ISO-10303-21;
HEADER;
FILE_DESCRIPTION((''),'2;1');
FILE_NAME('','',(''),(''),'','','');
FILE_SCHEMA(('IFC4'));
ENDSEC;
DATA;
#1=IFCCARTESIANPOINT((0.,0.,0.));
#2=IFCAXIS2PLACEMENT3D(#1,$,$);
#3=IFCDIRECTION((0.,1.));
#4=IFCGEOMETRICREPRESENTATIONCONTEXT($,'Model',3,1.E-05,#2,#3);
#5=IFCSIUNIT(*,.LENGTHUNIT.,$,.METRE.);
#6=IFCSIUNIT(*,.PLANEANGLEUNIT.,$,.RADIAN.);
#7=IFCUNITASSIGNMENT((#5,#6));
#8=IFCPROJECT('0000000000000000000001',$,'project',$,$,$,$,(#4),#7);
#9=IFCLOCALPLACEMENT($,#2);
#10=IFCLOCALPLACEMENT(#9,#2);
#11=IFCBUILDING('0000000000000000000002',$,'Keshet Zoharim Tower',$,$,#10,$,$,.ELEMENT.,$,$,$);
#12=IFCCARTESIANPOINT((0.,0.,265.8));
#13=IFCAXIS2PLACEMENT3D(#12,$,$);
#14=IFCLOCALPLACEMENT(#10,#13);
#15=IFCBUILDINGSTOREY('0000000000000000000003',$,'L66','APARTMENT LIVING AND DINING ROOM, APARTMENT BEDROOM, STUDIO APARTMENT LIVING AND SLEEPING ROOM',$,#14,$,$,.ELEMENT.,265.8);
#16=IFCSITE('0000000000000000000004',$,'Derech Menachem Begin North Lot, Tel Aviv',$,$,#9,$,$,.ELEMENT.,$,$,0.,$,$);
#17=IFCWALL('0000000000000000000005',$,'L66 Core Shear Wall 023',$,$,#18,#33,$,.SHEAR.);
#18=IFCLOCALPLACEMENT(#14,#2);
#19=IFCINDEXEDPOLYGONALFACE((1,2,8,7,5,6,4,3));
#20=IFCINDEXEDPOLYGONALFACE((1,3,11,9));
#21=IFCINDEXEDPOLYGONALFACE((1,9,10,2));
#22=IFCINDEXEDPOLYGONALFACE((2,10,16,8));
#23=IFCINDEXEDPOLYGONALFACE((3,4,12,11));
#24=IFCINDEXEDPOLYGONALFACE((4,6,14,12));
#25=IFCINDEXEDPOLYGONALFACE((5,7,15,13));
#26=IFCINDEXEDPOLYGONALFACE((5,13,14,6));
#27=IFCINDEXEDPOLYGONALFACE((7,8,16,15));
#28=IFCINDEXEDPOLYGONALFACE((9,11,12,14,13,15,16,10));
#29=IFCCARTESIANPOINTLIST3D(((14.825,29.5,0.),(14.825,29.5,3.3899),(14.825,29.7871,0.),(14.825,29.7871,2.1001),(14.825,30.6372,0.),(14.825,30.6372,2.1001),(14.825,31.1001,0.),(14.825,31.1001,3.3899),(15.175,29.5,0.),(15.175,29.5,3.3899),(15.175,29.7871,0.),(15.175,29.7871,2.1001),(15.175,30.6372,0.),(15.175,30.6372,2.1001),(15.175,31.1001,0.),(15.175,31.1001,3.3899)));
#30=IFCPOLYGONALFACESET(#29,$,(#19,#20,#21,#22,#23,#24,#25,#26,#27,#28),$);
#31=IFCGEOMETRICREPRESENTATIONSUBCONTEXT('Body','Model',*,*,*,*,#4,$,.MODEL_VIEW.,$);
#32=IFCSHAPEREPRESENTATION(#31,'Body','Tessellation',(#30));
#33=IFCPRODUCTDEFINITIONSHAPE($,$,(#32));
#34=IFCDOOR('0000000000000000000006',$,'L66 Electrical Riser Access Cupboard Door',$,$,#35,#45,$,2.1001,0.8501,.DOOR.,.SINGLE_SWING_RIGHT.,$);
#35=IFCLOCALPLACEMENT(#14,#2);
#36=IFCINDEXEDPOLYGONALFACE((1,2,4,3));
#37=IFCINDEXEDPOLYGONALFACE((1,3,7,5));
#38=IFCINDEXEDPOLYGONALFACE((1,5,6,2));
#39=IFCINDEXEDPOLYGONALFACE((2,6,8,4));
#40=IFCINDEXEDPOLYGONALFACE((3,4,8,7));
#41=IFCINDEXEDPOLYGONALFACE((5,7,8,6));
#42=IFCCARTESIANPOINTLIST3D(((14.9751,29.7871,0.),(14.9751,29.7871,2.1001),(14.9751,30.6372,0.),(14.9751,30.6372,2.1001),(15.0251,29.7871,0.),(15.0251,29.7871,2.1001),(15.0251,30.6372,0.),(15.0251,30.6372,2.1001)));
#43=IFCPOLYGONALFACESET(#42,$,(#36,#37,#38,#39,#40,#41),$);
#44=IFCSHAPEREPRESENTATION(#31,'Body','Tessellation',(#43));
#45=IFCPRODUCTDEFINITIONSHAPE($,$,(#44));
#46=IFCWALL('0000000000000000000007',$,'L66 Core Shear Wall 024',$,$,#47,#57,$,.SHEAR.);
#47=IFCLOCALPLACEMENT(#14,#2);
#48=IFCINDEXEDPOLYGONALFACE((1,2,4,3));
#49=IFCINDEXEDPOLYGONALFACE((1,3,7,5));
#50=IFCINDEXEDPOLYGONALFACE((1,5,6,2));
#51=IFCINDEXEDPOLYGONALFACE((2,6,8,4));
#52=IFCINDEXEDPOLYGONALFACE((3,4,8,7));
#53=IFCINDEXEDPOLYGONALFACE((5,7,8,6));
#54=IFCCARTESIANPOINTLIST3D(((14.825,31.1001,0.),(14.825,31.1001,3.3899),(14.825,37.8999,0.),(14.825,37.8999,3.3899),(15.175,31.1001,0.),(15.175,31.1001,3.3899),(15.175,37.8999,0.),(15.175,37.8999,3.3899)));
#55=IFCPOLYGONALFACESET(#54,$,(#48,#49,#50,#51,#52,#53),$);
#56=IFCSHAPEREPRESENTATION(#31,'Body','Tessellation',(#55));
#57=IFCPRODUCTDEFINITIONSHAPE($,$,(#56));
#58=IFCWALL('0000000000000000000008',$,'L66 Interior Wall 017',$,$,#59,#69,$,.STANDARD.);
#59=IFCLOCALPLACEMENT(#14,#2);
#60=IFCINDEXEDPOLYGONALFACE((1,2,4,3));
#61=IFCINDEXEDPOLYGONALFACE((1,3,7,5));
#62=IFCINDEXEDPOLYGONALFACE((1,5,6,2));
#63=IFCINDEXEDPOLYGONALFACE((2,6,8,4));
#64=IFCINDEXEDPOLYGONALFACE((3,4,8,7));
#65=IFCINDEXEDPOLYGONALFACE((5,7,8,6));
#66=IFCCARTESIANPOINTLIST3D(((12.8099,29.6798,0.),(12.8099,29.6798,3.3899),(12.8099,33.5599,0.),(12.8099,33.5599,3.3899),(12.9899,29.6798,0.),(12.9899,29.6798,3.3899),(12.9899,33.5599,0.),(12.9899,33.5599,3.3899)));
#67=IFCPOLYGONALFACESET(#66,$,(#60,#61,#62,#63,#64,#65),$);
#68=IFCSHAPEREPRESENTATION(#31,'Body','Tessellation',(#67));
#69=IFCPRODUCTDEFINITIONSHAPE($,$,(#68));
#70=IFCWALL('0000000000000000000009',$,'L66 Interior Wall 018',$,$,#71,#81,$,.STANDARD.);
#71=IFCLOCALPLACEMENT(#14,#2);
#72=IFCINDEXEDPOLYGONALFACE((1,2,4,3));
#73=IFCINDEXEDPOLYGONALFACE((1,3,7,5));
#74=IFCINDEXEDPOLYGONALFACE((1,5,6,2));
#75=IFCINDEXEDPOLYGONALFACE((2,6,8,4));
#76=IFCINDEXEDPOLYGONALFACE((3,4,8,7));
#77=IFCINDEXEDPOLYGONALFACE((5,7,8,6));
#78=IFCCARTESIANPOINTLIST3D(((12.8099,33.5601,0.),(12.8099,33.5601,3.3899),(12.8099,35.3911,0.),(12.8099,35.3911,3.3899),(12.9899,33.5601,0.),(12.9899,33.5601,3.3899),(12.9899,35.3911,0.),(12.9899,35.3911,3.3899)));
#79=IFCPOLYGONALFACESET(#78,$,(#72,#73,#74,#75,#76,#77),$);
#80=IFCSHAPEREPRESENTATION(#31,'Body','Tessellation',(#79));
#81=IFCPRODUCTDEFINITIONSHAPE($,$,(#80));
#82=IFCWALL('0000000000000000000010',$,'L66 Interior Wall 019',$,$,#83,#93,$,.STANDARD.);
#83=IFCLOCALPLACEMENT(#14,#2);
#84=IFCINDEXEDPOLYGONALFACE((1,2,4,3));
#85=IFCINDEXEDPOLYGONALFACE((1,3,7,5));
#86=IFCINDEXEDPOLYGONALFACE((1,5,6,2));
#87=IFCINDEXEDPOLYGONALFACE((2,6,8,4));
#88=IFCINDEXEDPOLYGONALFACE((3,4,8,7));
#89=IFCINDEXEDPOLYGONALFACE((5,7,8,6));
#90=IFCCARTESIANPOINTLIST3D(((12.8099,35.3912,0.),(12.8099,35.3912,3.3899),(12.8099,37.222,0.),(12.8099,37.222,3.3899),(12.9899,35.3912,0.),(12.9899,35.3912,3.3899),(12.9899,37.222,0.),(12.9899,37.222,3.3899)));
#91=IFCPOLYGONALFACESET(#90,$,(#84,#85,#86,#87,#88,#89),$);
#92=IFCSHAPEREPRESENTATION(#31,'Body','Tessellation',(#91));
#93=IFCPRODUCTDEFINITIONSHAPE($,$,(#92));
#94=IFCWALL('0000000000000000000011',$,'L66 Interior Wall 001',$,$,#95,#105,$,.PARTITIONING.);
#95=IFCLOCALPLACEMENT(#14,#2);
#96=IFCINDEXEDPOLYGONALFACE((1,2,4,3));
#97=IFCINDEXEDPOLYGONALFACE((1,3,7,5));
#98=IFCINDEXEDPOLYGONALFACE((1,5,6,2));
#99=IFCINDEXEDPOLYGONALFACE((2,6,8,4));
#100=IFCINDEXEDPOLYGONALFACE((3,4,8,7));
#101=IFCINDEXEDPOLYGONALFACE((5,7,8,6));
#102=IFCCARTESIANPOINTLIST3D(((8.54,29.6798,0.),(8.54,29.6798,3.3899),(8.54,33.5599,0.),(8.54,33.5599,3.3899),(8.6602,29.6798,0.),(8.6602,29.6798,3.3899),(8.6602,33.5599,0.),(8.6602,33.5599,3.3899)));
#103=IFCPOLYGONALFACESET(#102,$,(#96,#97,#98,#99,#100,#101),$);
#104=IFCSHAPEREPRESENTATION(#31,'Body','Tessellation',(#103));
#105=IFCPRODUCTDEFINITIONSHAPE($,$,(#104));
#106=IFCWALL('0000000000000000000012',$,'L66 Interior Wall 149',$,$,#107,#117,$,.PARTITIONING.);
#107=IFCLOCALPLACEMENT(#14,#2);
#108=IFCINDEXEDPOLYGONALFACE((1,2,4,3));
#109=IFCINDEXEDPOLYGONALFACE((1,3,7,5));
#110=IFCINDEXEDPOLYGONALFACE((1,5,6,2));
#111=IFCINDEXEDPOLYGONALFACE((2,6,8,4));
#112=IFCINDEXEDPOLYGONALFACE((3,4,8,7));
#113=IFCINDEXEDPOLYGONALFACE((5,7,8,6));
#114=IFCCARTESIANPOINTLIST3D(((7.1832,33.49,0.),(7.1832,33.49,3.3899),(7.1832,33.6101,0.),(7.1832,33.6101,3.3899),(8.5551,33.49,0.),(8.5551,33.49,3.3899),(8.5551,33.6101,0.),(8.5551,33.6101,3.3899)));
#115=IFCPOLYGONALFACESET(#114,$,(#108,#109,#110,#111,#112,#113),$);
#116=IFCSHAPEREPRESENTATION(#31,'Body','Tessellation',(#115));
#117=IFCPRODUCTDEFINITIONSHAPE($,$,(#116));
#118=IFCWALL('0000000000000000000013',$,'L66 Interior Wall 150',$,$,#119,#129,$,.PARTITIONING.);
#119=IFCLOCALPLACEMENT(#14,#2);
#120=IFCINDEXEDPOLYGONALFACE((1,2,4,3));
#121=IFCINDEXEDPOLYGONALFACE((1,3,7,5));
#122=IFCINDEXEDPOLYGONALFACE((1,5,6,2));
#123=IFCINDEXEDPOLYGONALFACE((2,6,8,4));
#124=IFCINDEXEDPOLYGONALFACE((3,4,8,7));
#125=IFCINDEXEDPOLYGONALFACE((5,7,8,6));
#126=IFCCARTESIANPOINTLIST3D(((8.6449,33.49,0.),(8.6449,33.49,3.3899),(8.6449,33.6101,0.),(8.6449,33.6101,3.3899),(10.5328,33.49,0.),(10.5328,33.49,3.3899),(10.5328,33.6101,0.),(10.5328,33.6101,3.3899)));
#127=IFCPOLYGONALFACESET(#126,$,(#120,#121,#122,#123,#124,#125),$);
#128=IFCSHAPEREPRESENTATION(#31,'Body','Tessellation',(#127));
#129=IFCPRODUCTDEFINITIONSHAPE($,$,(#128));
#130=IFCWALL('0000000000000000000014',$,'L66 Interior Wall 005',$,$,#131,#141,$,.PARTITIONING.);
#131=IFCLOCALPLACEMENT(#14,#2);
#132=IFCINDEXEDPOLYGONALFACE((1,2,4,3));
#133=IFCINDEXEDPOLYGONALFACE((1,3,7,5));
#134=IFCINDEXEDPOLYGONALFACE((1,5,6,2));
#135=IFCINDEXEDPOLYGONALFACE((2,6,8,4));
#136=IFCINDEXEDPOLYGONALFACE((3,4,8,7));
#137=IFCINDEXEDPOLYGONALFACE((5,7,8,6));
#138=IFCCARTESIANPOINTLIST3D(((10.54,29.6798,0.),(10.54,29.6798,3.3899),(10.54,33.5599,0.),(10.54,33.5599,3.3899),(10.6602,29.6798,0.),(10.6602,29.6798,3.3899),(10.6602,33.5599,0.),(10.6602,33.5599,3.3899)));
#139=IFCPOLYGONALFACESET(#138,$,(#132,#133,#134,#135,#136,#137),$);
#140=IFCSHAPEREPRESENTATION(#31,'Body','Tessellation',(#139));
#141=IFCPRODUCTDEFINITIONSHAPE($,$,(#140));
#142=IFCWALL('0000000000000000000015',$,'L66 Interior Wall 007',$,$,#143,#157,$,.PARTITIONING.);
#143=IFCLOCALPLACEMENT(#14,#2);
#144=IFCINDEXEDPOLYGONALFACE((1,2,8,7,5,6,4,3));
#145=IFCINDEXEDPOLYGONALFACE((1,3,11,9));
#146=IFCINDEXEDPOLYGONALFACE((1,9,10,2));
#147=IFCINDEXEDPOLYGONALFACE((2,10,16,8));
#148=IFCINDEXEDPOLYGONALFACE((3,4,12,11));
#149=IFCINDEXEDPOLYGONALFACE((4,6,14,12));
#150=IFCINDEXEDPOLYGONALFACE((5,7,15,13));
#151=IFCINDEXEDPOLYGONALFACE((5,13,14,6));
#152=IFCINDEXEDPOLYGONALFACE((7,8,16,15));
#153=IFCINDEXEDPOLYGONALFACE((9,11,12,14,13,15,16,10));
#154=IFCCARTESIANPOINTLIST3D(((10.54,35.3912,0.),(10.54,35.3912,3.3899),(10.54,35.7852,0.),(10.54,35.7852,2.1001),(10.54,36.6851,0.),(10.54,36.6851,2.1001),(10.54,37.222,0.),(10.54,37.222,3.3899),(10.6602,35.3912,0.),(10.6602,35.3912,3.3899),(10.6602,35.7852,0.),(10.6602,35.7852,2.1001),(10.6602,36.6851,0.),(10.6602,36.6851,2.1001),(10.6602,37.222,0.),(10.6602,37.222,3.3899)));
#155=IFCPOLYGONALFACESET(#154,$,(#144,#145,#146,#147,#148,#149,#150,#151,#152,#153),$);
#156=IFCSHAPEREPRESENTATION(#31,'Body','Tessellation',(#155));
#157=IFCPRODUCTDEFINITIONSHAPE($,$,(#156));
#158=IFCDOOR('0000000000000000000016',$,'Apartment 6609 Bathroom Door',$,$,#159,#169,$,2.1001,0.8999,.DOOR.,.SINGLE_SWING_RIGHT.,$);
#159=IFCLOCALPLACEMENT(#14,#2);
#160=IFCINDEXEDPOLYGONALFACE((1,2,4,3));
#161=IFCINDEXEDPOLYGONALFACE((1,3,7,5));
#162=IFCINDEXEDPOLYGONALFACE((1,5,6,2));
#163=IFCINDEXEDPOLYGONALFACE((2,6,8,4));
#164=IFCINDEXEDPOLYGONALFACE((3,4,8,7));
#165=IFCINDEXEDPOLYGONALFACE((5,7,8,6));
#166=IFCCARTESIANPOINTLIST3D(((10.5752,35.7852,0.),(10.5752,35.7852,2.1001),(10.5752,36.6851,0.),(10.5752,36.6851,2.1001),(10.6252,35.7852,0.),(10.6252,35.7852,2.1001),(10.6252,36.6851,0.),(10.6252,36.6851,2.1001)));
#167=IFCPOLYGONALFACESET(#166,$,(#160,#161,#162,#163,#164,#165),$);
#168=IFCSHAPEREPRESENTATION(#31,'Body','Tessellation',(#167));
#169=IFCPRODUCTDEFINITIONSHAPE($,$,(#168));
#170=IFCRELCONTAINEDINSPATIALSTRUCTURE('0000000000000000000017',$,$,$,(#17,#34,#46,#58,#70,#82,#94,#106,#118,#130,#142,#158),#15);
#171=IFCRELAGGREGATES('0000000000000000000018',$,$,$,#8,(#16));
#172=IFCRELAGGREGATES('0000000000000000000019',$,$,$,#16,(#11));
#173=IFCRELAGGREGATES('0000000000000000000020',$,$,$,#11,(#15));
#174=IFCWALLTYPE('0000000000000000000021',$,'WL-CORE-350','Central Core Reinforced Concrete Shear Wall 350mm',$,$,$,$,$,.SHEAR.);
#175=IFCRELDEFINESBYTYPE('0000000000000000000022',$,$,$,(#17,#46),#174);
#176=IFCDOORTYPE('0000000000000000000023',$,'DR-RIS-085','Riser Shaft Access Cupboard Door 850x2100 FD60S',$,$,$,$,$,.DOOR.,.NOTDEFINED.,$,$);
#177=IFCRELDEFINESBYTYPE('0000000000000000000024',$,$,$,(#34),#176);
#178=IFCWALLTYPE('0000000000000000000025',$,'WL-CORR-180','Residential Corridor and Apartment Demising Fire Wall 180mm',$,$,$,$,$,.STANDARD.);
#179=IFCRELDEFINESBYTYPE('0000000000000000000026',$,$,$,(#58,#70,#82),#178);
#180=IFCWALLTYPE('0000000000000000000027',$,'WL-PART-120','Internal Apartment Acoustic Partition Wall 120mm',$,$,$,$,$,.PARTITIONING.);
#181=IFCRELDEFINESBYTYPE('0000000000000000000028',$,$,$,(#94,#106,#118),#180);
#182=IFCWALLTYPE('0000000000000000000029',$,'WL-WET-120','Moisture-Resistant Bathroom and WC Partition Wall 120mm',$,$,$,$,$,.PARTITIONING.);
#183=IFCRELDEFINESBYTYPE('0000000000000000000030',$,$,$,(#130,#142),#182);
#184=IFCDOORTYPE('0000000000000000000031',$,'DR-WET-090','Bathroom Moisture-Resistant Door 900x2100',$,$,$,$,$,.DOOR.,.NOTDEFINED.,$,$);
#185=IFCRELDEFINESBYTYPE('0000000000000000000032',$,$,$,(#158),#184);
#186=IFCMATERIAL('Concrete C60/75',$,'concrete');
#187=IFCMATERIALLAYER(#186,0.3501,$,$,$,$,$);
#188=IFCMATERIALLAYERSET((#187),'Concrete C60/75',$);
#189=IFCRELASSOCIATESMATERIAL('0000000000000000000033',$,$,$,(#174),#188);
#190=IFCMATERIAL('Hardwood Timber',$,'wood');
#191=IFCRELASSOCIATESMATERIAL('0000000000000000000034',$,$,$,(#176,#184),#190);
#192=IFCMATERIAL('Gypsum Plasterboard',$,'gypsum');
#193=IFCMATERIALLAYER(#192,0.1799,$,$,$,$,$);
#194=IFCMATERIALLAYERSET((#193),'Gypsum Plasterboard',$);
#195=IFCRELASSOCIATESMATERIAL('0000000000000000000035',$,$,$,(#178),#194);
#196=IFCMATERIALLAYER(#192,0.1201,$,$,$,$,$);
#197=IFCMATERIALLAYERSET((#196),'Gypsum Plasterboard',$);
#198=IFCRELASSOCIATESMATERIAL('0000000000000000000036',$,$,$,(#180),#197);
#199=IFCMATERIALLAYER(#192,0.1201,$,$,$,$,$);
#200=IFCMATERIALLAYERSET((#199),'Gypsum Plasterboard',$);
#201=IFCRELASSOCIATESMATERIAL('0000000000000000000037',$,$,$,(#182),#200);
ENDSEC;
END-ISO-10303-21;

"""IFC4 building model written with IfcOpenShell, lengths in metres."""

from ifc_helpers import new_model, si_unit, direction, frame, frame_2d, origin, place, context, subcontext, project, spatial, rectangle, extrude, material, layer, layer_set, type_object, element, fill, save


model = new_model("IFC4")

# Units and contexts
model_context = context("Model", 3, precision=1e-05, world=origin(), true_north=direction((0.0, 1.0)))
body_context = subcontext(model_context, "Body", "Model", "MODEL_VIEW")
ifc_project = project(units=[si_unit("LENGTHUNIT", "METRE"), si_unit("PLANEANGLEUNIT", "RADIAN")], contexts=[model_context])

# Site, building, storey
site_placement = place(None, origin())
site = spatial("IfcSite", under=ifc_project, at=site_placement, Name="Derech Menachem Begin North Lot, Tel Aviv", CompositionType="ELEMENT", RefElevation=0.0)
building_placement = place(site_placement, origin())
building = spatial("IfcBuilding", under=site, at=building_placement, Name="Keshet Zoharim Tower", CompositionType="ELEMENT")
storey_placement = place(building_placement, frame((0.0, 0.0, 265.8)))
storey = spatial("IfcBuildingStorey", under=building, at=storey_placement, Name="L66", Description="APARTMENT LIVING AND DINING ROOM, APARTMENT BEDROOM, STUDIO APARTMENT LIVING AND SLEEPING ROOM", CompositionType="ELEMENT", Elevation=265.8)

# Wall, opening, door
ifc_material_1 = material(Name="Concrete C60/75", Category="concrete")
ifc_layer_1 = layer(ifc_material_1, 0.3501)
ifc_layer_set_1 = layer_set([ifc_layer_1], Name="Concrete C60/75")
wall_type_1 = type_object("IfcWallType", Name="WL-CORE-350", Description="Central Core Reinforced Concrete Shear Wall 350mm", PredefinedType="SHEAR", material=ifc_layer_set_1)
wall_1_placement = place(storey_placement, frame((15.0, 29.5, 0.0), z_axis=(0.0, 0.0, 1.0), x_axis=(0.0, 1.0, 0.0)))
wall_1 = element("IfcWall", 1, at=wall_1_placement, inside=storey, type_object=wall_type_1, Name="L66 Core Shear Wall 023", PredefinedType="SHEAR", context=body_context, shape_type="SweptSolid", body=[
    extrude(rectangle(XDim=1.6001, YDim=0.3501, at=frame_2d((0.8, 0.0))), origin(), (0.0, 0.0, 1.0), 3.3899),
])
opening_1_placement = place(wall_1_placement, frame((0.2871, 0.0, 0.0)))
opening_1 = element("IfcOpeningElement", 2, at=opening_1_placement, cuts=wall_1, PredefinedType="OPENING", context=body_context, shape_type="SweptSolid", body=[
    extrude(rectangle(XDim=0.8501, YDim=2.1001, at=frame_2d((0.425, 1.05))), frame((0.0, 0.1851, 0.0), z_axis=(0.0, -1.0, 0.0), x_axis=(1.0, 0.0, 0.0)), (0.0, 0.0, 1.0), 0.3701),
])
ifc_material_2 = material(Name="Hardwood Timber", Category="wood")
door_type_1 = type_object("IfcDoorType", Name="DR-RIS-085", Description="Riser Shaft Access Cupboard Door 850x2100 FD60S", OperationType="NOTDEFINED", PredefinedType="DOOR", material=ifc_material_2)
door_1_placement = place(opening_1_placement, origin())
door_1 = element("IfcDoor", 3, at=door_1_placement, inside=storey, type_object=door_type_1, Name="L66 Electrical Riser Access Cupboard Door", OperationType="SINGLE_SWING_RIGHT", OverallHeight=2.1001, OverallWidth=0.8501, PredefinedType="DOOR", context=body_context, shape_type="SweptSolid", body=[
    extrude(rectangle(XDim=0.8501, YDim=2.1001, at=frame_2d((0.425, 1.05))), frame((0.0, 0.0249, 0.0), z_axis=(0.0, -1.0, 0.0), x_axis=(1.0, 0.0, 0.0)), (0.0, 0.0, 1.0), 0.05),
])
fill(opening_1, door_1)

# Walls
wall_2_placement = place(storey_placement, frame((15.0, 31.1001, 0.0), z_axis=(0.0, 0.0, 1.0), x_axis=(0.0, 1.0, 0.0)))
element("IfcWall", 4, at=wall_2_placement, inside=storey, type_object=wall_type_1, Name="L66 Core Shear Wall 024", PredefinedType="SHEAR", context=body_context, shape_type="SweptSolid", body=[
    extrude(rectangle(XDim=6.7998, YDim=0.3501, at=frame_2d((3.3999, 0.0))), origin(), (0.0, 0.0, 1.0), 3.3899),
])
ifc_material_3 = material(Name="Gypsum Plasterboard", Category="gypsum")
ifc_layer_2 = layer(ifc_material_3, 0.1799)
ifc_layer_set_2 = layer_set([ifc_layer_2], Name="Gypsum Plasterboard")
wall_type_2 = type_object("IfcWallType", Name="WL-CORR-180", Description="Residential Corridor and Apartment Demising Fire Wall 180mm", PredefinedType="STANDARD", material=ifc_layer_set_2)
wall_3_placement = place(storey_placement, frame((12.8999, 29.6799, 0.0), z_axis=(0.0, 0.0, 1.0), x_axis=(0.0, 1.0, 0.0)))
element("IfcWall", 5, at=wall_3_placement, inside=storey, type_object=wall_type_2, Name="L66 Interior Wall 017", PredefinedType="STANDARD", context=body_context, shape_type="SweptSolid", body=[
    extrude(rectangle(XDim=3.8801, YDim=0.1799, at=frame_2d((1.9399, 0.0))), origin(), (0.0, 0.0, 1.0), 3.3899),
])
wall_4_placement = place(storey_placement, frame((12.8999, 33.5601, 0.0), z_axis=(0.0, 0.0, 1.0), x_axis=(0.0, 1.0, 0.0)))
element("IfcWall", 6, at=wall_4_placement, inside=storey, type_object=wall_type_2, Name="L66 Interior Wall 018", PredefinedType="STANDARD", context=body_context, shape_type="SweptSolid", body=[
    extrude(rectangle(XDim=1.8311, YDim=0.1799, at=frame_2d((0.9155, 0.0))), origin(), (0.0, 0.0, 1.0), 3.3899),
])
wall_5_placement = place(storey_placement, frame((12.8999, 35.3911, 0.0), z_axis=(0.0, 0.0, 1.0), x_axis=(0.0, 1.0, 0.0)))
element("IfcWall", 7, at=wall_5_placement, inside=storey, type_object=wall_type_2, Name="L66 Interior Wall 019", PredefinedType="STANDARD", context=body_context, shape_type="SweptSolid", body=[
    extrude(rectangle(XDim=1.8308, YDim=0.1799, at=frame_2d((0.9155, 0.0))), origin(), (0.0, 0.0, 1.0), 3.3899),
])

# Wall
ifc_layer_3 = layer(ifc_material_3, 0.1201)
ifc_layer_set_3 = layer_set([ifc_layer_3], Name="Gypsum Plasterboard")
wall_type_3 = type_object("IfcWallType", Name="WL-PART-120", Description="Internal Apartment Acoustic Partition Wall 120mm", PredefinedType="PARTITIONING", material=ifc_layer_set_3)
wall_6_placement = place(storey_placement, frame((8.6001, 29.6799, 0.0), z_axis=(0.0, 0.0, 1.0), x_axis=(0.0, 1.0, 0.0)))
element("IfcWall", 8, at=wall_6_placement, inside=storey, type_object=wall_type_3, Name="L66 Interior Wall 001", PredefinedType="PARTITIONING", context=body_context, shape_type="SweptSolid", body=[
    extrude(rectangle(XDim=3.8801, YDim=0.1201, at=frame_2d((1.9399, 0.0))), origin(), (0.0, 0.0, 1.0), 3.3899),
])

# Walls
wall_7_placement = place(storey_placement, frame((7.1831, 33.55, 0.0), z_axis=(0.0, 0.0, 1.0), x_axis=(1.0, 0.0, 0.0)))
element("IfcWall", 9, at=wall_7_placement, inside=storey, type_object=wall_type_3, Name="L66 Interior Wall 149", PredefinedType="PARTITIONING", context=body_context, shape_type="SweptSolid", body=[
    extrude(rectangle(XDim=1.3718, YDim=0.1201, at=frame_2d((0.686, 0.0))), origin(), (0.0, 0.0, 1.0), 3.3899),
])
wall_8_placement = place(storey_placement, frame((8.645, 33.55, 0.0), z_axis=(0.0, 0.0, 1.0), x_axis=(1.0, 0.0, 0.0)))
element("IfcWall", 10, at=wall_8_placement, inside=storey, type_object=wall_type_3, Name="L66 Interior Wall 150", PredefinedType="PARTITIONING", context=body_context, shape_type="SweptSolid", body=[
    extrude(rectangle(XDim=1.8879, YDim=0.1201, at=frame_2d((0.9438, 0.0))), origin(), (0.0, 0.0, 1.0), 3.3899),
])
ifc_layer_4 = layer(ifc_material_3, 0.1201)
ifc_layer_set_4 = layer_set([ifc_layer_4], Name="Gypsum Plasterboard")
wall_type_4 = type_object("IfcWallType", Name="WL-WET-120", Description="Moisture-Resistant Bathroom and WC Partition Wall 120mm", PredefinedType="PARTITIONING", material=ifc_layer_set_4)
wall_9_placement = place(storey_placement, frame((10.6001, 29.6799, 0.0), z_axis=(0.0, 0.0, 1.0), x_axis=(0.0, 1.0, 0.0)))
element("IfcWall", 11, at=wall_9_placement, inside=storey, type_object=wall_type_4, Name="L66 Interior Wall 005", PredefinedType="PARTITIONING", context=body_context, shape_type="SweptSolid", body=[
    extrude(rectangle(XDim=3.8801, YDim=0.1201, at=frame_2d((1.9399, 0.0))), origin(), (0.0, 0.0, 1.0), 3.3899),
])

# Wall, opening, door
wall_10_placement = place(storey_placement, frame((10.6001, 35.3911, 0.0), z_axis=(0.0, 0.0, 1.0), x_axis=(0.0, 1.0, 0.0)))
wall_10 = element("IfcWall", 12, at=wall_10_placement, inside=storey, type_object=wall_type_4, Name="L66 Interior Wall 007", PredefinedType="PARTITIONING", context=body_context, shape_type="SweptSolid", body=[
    extrude(rectangle(XDim=1.8308, YDim=0.1201, at=frame_2d((0.9155, 0.0))), origin(), (0.0, 0.0, 1.0), 3.3899),
])
opening_2_placement = place(wall_10_placement, frame((0.394, 0.0, 0.0)))
opening_2 = element("IfcOpeningElement", 13, at=opening_2_placement, cuts=wall_10, PredefinedType="OPENING", context=body_context, shape_type="SweptSolid", body=[
    extrude(rectangle(XDim=0.8999, YDim=2.1001, at=frame_2d((0.45, 1.05))), frame((0.0, 0.0701, 0.0), z_axis=(0.0, -1.0, 0.0), x_axis=(1.0, 0.0, 0.0)), (0.0, 0.0, 1.0), 0.1401),
])
door_type_2 = type_object("IfcDoorType", Name="DR-WET-090", Description="Bathroom Moisture-Resistant Door 900x2100", OperationType="NOTDEFINED", PredefinedType="DOOR", material=ifc_material_2)
door_2_placement = place(opening_2_placement, origin())
door_2 = element("IfcDoor", 14, at=door_2_placement, inside=storey, type_object=door_type_2, Name="Apartment 6609 Bathroom Door", OperationType="SINGLE_SWING_RIGHT", OverallHeight=2.1001, OverallWidth=0.8999, PredefinedType="DOOR", context=body_context, shape_type="SweptSolid", body=[
    extrude(rectangle(XDim=0.8999, YDim=2.1001, at=frame_2d((0.45, 1.05))), frame((0.0, 0.0249, 0.0), z_axis=(0.0, -1.0, 0.0), x_axis=(1.0, 0.0, 0.0)), (0.0, 0.0, 1.0), 0.05),
])
fill(opening_2, door_2)

save(model, "model.ifc")
